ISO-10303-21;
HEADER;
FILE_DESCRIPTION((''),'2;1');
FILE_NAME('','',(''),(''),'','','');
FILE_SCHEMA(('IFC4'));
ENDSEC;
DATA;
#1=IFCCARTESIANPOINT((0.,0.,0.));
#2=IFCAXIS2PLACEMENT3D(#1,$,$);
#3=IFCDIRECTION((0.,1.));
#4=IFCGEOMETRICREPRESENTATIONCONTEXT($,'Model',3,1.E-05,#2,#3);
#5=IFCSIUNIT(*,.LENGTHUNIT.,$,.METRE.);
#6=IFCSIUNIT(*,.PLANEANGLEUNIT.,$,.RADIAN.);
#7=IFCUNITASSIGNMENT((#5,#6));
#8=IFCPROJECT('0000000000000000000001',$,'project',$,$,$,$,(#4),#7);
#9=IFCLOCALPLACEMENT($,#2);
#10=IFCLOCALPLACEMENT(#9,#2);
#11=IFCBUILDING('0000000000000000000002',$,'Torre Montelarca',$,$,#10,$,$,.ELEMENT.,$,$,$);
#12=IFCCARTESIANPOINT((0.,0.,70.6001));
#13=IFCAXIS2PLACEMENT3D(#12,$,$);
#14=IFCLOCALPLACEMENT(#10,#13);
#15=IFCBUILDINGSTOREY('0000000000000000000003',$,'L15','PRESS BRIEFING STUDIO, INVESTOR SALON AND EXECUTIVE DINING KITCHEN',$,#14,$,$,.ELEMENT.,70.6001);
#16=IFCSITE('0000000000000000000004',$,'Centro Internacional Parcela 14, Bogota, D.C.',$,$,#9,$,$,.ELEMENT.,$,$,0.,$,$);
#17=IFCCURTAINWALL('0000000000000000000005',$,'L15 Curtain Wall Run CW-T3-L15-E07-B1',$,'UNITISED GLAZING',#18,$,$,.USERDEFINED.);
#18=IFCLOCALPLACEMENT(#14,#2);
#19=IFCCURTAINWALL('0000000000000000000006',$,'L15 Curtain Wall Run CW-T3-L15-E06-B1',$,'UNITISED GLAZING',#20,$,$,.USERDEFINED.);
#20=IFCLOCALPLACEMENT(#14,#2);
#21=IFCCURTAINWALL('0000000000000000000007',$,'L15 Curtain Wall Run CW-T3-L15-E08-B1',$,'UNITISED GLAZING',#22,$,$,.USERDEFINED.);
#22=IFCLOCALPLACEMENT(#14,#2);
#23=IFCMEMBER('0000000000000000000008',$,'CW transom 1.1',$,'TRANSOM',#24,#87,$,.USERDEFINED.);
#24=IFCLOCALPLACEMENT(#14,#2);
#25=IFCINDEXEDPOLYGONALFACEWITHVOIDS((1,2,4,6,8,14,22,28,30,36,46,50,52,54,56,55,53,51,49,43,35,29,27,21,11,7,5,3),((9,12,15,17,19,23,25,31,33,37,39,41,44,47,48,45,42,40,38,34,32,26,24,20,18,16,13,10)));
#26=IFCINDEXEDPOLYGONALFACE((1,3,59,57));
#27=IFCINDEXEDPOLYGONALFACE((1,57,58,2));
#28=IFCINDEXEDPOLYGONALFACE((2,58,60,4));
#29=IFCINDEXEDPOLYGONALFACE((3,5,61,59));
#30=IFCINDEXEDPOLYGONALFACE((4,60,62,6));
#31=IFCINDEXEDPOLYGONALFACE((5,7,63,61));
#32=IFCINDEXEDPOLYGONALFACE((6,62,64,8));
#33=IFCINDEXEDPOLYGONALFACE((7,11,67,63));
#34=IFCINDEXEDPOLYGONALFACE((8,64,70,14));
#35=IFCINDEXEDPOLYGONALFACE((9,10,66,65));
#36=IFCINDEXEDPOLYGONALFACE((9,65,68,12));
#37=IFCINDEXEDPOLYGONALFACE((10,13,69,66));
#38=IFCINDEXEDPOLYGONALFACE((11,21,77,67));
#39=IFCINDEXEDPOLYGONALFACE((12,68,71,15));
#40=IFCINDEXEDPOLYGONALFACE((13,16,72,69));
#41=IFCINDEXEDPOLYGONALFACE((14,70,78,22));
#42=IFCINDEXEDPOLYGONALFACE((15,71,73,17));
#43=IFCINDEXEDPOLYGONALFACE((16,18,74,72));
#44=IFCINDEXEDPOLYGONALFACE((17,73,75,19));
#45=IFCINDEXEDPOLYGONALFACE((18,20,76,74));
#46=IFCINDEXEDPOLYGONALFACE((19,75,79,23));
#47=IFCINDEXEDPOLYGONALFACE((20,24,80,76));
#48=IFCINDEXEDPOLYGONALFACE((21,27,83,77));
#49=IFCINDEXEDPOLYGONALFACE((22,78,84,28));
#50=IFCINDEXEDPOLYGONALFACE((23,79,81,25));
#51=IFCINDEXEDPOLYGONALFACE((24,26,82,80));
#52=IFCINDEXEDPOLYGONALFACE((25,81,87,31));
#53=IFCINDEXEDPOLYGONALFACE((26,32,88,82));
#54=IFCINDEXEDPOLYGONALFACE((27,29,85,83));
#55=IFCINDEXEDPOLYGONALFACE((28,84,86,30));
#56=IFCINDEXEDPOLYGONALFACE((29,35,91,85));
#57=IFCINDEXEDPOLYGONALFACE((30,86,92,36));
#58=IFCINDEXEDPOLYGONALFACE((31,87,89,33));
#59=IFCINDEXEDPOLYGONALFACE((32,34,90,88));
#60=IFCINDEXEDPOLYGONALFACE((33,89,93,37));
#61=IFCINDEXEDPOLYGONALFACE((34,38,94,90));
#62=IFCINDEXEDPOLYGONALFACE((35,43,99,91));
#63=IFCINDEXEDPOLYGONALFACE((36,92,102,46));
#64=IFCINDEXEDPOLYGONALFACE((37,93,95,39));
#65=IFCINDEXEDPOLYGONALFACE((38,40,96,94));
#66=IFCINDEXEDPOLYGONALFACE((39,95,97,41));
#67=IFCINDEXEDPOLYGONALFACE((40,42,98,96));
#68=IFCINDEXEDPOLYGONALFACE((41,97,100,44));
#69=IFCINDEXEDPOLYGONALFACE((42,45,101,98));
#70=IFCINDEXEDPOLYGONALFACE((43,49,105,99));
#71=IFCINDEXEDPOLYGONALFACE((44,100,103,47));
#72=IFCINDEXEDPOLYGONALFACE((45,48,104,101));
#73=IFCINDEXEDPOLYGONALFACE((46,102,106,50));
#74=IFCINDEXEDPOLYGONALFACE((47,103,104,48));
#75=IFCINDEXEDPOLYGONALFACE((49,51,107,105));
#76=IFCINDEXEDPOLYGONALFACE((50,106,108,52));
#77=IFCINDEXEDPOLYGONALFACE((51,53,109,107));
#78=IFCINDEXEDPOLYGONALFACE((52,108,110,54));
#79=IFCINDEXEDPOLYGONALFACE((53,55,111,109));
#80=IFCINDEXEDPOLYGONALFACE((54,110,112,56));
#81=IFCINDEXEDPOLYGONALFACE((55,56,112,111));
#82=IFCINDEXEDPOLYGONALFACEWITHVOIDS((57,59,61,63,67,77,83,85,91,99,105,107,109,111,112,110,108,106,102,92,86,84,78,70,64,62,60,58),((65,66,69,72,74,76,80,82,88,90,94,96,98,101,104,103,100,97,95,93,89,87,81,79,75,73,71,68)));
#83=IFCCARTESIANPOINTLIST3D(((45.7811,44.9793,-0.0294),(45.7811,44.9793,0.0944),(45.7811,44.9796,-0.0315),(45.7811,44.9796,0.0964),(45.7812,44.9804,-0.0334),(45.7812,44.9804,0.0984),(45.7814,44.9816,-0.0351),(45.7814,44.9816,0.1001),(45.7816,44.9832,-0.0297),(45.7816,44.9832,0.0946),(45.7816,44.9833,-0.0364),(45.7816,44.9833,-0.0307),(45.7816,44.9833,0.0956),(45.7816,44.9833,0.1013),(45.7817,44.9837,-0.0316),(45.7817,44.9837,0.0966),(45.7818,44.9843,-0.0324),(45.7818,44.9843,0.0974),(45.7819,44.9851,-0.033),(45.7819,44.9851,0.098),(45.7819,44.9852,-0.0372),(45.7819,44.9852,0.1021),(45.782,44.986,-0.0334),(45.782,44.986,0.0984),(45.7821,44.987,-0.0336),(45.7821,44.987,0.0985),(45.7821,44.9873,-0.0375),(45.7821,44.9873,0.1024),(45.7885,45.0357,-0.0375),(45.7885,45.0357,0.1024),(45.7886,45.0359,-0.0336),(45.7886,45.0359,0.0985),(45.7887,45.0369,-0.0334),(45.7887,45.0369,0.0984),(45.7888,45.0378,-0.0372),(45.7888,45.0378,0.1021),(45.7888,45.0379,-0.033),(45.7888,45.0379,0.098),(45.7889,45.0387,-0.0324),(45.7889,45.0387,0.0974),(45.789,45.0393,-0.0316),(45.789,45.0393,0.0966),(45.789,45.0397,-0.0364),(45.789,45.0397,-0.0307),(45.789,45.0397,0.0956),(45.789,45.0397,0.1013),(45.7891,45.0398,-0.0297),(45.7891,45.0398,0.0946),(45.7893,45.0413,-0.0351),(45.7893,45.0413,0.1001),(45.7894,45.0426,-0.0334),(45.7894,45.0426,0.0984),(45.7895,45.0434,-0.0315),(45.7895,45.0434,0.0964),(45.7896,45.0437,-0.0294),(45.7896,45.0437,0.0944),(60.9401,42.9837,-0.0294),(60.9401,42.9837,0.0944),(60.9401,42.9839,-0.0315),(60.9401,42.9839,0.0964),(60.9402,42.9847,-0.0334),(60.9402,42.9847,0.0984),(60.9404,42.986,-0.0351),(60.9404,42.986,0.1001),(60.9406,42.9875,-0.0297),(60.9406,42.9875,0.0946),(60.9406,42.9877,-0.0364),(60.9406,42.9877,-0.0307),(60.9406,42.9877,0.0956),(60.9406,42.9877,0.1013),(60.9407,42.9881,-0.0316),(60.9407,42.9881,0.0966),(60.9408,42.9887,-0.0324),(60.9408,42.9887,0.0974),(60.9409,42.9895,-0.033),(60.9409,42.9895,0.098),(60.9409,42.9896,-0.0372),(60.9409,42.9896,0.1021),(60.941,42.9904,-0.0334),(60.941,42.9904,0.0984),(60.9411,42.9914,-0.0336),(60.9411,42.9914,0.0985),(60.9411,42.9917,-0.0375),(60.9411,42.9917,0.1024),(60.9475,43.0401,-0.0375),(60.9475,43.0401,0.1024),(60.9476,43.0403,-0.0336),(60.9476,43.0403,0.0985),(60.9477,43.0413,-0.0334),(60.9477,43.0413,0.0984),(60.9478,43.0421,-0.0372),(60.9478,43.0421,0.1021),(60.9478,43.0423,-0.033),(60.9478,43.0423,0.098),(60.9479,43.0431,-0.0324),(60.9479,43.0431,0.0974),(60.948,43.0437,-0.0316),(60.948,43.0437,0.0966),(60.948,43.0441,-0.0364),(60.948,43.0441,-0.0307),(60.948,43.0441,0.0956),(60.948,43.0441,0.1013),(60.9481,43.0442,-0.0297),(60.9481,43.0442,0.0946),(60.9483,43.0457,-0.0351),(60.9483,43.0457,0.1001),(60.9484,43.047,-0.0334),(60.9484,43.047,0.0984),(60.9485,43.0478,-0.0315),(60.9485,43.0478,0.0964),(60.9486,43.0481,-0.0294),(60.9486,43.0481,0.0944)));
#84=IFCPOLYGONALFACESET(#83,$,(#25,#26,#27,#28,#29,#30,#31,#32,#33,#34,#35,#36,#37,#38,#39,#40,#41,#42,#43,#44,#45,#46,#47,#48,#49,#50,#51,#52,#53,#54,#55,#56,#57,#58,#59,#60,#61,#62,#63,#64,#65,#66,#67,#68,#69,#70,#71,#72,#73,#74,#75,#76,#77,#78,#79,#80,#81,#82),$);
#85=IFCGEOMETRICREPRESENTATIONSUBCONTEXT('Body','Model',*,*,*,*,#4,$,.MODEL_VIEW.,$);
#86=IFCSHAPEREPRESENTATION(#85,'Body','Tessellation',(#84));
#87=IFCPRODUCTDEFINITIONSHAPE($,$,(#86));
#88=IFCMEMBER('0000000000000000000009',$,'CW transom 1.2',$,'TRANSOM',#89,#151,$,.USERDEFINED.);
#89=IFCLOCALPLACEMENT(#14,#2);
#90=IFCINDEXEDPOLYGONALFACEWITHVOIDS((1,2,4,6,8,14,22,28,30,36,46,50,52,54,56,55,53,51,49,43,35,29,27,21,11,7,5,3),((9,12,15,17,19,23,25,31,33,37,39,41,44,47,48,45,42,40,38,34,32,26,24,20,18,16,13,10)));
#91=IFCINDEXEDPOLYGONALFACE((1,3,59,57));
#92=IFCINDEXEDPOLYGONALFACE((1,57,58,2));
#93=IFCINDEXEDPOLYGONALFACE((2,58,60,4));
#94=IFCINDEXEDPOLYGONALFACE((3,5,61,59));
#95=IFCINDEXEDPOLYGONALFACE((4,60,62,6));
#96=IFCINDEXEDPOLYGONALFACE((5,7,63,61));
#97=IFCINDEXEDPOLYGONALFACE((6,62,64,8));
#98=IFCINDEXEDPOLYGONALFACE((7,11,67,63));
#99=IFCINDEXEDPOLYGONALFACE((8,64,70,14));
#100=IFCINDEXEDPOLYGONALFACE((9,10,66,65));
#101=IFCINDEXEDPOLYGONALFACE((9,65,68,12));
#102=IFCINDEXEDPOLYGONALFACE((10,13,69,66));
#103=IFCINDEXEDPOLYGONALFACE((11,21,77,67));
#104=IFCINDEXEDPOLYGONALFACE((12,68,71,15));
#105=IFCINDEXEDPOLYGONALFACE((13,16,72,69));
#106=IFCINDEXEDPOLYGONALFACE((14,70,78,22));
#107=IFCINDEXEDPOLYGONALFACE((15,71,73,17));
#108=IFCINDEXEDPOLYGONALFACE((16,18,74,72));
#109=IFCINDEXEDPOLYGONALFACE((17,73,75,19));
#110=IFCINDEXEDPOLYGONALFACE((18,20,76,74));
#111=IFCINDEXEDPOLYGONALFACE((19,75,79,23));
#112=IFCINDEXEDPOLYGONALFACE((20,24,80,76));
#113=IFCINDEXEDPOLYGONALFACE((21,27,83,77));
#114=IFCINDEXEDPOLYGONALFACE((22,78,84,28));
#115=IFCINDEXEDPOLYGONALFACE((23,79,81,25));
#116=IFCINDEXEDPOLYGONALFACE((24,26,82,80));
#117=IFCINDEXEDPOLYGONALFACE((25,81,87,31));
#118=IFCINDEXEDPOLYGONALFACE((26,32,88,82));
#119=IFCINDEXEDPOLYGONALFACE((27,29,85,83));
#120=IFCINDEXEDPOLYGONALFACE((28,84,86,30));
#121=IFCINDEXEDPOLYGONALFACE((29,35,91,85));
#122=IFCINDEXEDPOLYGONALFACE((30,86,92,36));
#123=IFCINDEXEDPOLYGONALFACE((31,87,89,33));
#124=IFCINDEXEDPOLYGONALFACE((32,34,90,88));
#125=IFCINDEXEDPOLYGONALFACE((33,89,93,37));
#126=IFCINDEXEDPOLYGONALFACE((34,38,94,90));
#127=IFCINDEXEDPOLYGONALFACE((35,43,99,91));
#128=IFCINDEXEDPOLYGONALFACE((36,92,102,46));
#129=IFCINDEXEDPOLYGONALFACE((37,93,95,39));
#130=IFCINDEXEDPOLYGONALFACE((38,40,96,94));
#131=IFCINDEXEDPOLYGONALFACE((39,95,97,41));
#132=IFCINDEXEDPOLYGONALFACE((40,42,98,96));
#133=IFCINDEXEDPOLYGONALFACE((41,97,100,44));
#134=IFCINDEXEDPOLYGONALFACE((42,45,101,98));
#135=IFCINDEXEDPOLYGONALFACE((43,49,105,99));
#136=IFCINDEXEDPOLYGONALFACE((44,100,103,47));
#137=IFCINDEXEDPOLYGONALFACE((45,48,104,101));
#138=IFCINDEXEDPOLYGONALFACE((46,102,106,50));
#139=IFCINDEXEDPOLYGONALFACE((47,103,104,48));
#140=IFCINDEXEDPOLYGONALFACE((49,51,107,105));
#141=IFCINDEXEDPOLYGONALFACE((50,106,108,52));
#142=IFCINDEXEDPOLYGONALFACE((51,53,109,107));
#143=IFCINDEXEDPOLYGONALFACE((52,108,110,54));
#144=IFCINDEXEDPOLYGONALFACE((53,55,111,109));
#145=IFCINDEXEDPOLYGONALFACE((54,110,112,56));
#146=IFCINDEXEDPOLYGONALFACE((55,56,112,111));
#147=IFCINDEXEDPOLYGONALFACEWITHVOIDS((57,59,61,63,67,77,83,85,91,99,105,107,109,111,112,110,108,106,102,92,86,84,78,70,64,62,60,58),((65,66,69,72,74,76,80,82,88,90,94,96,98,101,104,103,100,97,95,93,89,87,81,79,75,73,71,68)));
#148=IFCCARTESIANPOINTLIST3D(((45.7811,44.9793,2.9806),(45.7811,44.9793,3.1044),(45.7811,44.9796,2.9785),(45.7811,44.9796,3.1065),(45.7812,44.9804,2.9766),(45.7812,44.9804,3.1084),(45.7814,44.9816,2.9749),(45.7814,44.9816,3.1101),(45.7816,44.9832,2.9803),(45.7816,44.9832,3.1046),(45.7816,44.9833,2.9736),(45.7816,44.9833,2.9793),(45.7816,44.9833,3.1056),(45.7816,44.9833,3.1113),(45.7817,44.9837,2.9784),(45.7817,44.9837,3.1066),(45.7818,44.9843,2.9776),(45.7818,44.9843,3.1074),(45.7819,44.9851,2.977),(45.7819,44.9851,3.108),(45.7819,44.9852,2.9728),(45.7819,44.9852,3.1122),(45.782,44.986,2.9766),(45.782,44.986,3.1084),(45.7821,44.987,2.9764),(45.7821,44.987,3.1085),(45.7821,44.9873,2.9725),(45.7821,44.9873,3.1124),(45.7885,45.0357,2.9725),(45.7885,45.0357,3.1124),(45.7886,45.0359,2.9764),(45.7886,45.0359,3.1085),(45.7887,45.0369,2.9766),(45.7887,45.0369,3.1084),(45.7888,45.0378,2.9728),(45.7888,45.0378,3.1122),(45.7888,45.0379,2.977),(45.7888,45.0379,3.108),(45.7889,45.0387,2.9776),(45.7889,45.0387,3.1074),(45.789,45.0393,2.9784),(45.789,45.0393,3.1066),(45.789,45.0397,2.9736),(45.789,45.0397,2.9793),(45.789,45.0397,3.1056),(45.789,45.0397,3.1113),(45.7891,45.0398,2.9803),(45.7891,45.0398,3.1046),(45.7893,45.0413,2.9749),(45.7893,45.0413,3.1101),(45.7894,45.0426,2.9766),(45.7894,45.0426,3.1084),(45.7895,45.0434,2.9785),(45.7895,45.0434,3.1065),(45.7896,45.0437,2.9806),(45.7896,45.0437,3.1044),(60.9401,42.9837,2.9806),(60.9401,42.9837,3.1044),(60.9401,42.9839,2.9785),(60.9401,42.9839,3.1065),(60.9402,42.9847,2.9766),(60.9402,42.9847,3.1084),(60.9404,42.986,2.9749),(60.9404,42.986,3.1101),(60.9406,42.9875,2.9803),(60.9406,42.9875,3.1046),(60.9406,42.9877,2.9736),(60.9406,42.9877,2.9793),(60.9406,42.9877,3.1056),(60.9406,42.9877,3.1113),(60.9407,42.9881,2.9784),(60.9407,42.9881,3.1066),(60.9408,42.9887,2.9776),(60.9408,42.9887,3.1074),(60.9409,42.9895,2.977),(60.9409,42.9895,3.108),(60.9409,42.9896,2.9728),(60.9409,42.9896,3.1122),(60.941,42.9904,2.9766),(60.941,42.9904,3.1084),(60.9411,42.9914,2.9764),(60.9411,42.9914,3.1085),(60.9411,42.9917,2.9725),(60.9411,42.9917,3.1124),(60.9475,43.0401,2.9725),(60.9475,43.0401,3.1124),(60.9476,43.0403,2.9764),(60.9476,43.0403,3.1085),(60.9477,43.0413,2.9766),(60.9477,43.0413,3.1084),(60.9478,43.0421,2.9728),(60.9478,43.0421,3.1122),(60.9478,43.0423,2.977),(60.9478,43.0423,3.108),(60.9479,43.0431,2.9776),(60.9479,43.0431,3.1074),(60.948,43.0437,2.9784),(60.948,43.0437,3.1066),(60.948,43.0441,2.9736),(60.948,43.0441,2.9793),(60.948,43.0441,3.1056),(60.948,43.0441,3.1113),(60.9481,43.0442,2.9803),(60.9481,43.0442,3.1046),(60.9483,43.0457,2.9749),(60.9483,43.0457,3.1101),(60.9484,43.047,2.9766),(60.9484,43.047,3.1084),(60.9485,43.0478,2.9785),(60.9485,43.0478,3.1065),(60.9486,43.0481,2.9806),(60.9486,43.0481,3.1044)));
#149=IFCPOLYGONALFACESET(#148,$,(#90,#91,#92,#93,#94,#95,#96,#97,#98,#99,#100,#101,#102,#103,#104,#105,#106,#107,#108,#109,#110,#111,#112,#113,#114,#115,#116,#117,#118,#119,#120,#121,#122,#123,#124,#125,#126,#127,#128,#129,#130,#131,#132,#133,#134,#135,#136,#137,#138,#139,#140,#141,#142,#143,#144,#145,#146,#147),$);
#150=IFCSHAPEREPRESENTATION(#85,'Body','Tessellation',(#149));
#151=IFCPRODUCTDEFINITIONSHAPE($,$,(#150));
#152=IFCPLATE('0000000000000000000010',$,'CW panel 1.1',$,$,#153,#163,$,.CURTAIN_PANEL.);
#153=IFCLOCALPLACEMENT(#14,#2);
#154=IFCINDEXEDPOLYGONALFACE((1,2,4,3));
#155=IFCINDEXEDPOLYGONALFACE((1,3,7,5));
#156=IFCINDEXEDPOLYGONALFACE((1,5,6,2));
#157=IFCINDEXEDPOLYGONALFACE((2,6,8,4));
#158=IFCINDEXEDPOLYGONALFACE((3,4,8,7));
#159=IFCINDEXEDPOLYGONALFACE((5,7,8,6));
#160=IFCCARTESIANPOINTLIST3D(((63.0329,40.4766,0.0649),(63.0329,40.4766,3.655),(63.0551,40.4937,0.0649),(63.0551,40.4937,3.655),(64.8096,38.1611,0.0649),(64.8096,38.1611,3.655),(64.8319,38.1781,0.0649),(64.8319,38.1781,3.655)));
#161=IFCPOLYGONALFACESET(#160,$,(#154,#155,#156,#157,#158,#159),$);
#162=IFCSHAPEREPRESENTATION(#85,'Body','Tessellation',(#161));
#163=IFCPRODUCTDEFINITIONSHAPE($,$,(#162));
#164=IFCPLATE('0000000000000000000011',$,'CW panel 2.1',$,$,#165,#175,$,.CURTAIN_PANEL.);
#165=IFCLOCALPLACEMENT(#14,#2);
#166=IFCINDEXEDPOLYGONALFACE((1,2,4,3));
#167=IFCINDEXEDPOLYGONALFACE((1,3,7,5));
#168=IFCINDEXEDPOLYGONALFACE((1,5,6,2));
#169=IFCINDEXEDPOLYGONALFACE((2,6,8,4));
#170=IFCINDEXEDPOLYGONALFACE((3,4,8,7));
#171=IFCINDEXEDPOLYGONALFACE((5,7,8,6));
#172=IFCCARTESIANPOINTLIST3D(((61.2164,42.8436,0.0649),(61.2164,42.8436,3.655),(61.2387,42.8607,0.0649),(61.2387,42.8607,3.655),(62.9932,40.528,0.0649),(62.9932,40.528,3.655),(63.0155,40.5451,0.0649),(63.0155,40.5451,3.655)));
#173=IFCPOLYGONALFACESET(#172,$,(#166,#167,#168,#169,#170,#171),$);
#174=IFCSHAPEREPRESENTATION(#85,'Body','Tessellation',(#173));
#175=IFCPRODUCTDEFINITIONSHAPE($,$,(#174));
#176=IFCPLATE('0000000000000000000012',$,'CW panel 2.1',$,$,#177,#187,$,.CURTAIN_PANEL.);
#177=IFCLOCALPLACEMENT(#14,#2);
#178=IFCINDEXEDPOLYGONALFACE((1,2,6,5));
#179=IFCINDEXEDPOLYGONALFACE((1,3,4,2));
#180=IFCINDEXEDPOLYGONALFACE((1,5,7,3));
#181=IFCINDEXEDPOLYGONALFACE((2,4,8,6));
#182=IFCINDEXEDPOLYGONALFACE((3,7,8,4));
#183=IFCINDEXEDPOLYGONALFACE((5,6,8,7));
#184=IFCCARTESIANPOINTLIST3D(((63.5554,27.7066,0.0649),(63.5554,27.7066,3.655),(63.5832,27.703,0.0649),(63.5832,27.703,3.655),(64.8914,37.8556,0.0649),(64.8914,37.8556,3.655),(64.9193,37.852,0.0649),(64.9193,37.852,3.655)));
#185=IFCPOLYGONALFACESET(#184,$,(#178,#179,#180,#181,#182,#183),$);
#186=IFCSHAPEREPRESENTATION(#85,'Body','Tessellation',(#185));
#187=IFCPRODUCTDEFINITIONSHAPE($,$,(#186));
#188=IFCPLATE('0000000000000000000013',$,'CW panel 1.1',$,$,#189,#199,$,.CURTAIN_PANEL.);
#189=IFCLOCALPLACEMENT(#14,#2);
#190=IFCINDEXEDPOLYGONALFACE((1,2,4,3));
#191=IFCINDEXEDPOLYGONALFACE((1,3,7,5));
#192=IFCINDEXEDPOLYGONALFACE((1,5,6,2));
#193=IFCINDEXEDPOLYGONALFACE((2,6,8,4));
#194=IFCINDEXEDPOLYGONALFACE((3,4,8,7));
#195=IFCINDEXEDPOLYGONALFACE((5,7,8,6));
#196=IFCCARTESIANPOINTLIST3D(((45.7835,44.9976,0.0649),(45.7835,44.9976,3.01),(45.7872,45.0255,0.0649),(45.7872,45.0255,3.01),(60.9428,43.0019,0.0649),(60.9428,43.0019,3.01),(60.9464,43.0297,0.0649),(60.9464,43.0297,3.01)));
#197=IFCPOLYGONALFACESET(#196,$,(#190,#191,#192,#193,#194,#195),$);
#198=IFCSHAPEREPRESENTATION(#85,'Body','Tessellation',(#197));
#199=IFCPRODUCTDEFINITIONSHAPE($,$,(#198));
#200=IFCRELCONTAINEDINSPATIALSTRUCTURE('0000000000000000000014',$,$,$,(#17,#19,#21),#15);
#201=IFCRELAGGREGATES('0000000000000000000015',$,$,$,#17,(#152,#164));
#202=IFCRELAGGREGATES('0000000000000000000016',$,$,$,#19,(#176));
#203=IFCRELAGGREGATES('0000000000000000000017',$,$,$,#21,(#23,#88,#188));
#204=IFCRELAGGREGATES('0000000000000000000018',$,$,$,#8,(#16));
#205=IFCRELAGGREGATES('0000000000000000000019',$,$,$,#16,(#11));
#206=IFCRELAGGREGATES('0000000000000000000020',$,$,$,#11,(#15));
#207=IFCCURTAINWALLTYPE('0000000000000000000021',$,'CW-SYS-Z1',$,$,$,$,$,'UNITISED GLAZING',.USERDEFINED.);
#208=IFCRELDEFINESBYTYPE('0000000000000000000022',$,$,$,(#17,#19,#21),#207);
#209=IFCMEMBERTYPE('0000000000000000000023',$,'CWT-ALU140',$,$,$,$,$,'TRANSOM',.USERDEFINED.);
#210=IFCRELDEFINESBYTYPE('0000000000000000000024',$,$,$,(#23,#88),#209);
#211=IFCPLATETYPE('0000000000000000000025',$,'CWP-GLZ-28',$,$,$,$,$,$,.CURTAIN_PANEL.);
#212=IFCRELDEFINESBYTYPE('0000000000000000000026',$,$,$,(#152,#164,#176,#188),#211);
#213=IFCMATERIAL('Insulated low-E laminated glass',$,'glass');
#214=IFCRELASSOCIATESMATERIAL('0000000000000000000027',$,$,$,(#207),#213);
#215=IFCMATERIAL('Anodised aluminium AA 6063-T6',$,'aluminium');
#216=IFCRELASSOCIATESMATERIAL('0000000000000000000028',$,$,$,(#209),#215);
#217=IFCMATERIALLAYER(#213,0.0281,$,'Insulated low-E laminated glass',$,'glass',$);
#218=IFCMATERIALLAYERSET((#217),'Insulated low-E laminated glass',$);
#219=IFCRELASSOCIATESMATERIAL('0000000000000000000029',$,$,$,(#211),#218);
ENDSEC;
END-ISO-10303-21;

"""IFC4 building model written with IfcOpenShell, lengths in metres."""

from ifc_helpers import new_model, si_unit, direction, frame, origin, origin_2d, place, context, subcontext, project, spatial, rectangle, hollow_rectangle, extrude, source, transform, mapped, material, layer, layer_set, material_profile, profile_set, type_object, element, aggregate, save


model = new_model("IFC4")

# Units and contexts
model_context = context("Model", 3, precision=1e-05, world=origin(), true_north=direction((0.0, 1.0)))
body_context = subcontext(model_context, "Body", "Model", "MODEL_VIEW")
ifc_project = project(units=[si_unit("LENGTHUNIT", "METRE"), si_unit("PLANEANGLEUNIT", "RADIAN")], contexts=[model_context])

# Site, building, storey
site_placement = place(None, origin())
site = spatial("IfcSite", under=ifc_project, at=site_placement, Name="Centro Internacional Parcela 14, Bogota, D.C.", CompositionType="ELEMENT", RefElevation=0.0)
building_placement = place(site_placement, origin())
building = spatial("IfcBuilding", under=site, at=building_placement, Name="Torre Montelarca", CompositionType="ELEMENT")
storey_placement = place(building_placement, frame((0.0, 0.0, 70.6001)))
storey = spatial("IfcBuildingStorey", under=building, at=storey_placement, Name="L15", Description="PRESS BRIEFING STUDIO, INVESTOR SALON AND EXECUTIVE DINING KITCHEN", CompositionType="ELEMENT", Elevation=70.6001)

# Curtain walls
ifc_material_1 = material(Name="Insulated low-E laminated glass", Category="glass")
curtain_wall_type = type_object("IfcCurtainWallType", Name="CW-SYS-Z1", ElementType="UNITISED GLAZING", PredefinedType="USERDEFINED", material=ifc_material_1)
curtain_wall_1_placement = place(storey_placement, origin())
curtain_wall_1 = element("IfcCurtainWall", 1, at=curtain_wall_1_placement, inside=storey, type_object=curtain_wall_type, Name="L15 Curtain Wall Run CW-T3-L15-E07-B1", ObjectType="UNITISED GLAZING", PredefinedType="USERDEFINED")
ifc_material_2 = material(Name="Anodised aluminium AA 6063-T6", Category="aluminium")
ifc_material_profile_1 = material_profile(ifc_material_2, hollow_rectangle(XDim=0.0649, YDim=0.1399, WallThickness=0.0039, InnerFilletRadius=0.0039, OuterFilletRadius=0.0081, at=origin_2d()), Name="ALU65X140X4", Category="aluminium")
ifc_profile_set_1 = profile_set([ifc_material_profile_1], Name="Anodised aluminium AA 6063-T6")
member_type_1 = type_object("IfcMemberType", Name="CWT-ALU140", ElementType="TRANSOM", PredefinedType="USERDEFINED", material=ifc_profile_set_1)
curtain_wall_2_placement = place(storey_placement, origin())
curtain_wall_2 = element("IfcCurtainWall", 2, at=curtain_wall_2_placement, inside=storey, type_object=curtain_wall_type, Name="L15 Curtain Wall Run CW-T3-L15-E06-B1", ObjectType="UNITISED GLAZING", PredefinedType="USERDEFINED")
curtain_wall_3_placement = place(storey_placement, origin())
curtain_wall_3 = element("IfcCurtainWall", 3, at=curtain_wall_3_placement, inside=storey, type_object=curtain_wall_type, Name="L15 Curtain Wall Run CW-T3-L15-E08-B1", ObjectType="UNITISED GLAZING", PredefinedType="USERDEFINED")

# Members
shared_shape_1 = source(origin(), body_context, "Body", "SweptSolid", [
    extrude(hollow_rectangle(XDim=0.0649, YDim=0.1399, WallThickness=0.0039, InnerFilletRadius=0.0039, OuterFilletRadius=0.0081, at=origin_2d()), origin(), (0.0, 0.0, 1.0), 15.2898),
])
member_1_placement = place(storey_placement, frame((60.9443, 43.0159, 0.0325), z_axis=(-0.991446, 0.130519, 0.0), x_axis=(-0.130519, -0.991446, 0.0)))
member_1 = element("IfcMember", 4, at=member_1_placement, type_object=member_type_1, Name="CW transom 1.1", ObjectType="TRANSOM", PredefinedType="USERDEFINED", context=body_context, shape_type="MappedRepresentation", body=[
    mapped(shared_shape_1, transform((0.0, 0.0, 0.0), scale=1.0)),
])
member_2_placement = place(storey_placement, frame((60.9443, 43.0159, 3.0425), z_axis=(-0.991446, 0.130519, 0.0), x_axis=(-0.130519, -0.991446, 0.0)))
member_2 = element("IfcMember", 5, at=member_2_placement, type_object=member_type_1, Name="CW transom 1.2", ObjectType="TRANSOM", PredefinedType="USERDEFINED", context=body_context, shape_type="MappedRepresentation", body=[
    mapped(shared_shape_1, transform((0.0, 0.0, 0.0), scale=1.0)),
])

# Plates
ifc_layer_1 = layer(ifc_material_1, 0.0281, Name="Insulated low-E laminated glass", Category="glass")
ifc_layer_set_1 = layer_set([ifc_layer_1], Name="Insulated low-E laminated glass")
plate_type = type_object("IfcPlateType", Name="CWP-GLZ-28", PredefinedType="CURTAIN_PANEL", material=ifc_layer_set_1)
shared_shape_2 = source(origin(), body_context, "Body", "SweptSolid", [
    extrude(rectangle(XDim=2.9187, YDim=0.0281, at=origin_2d()), origin(), (0.0, 0.0, 1.0), 3.5901),
])
plate_1_placement = place(storey_placement, frame((63.9324, 39.3274, 0.0649), z_axis=(0.0, 0.0, 1.0), x_axis=(-0.608754, 0.793359, 0.0)))
plate_1 = element("IfcPlate", 6, at=plate_1_placement, type_object=plate_type, Name="CW panel 1.1", PredefinedType="CURTAIN_PANEL", context=body_context, shape_type="MappedRepresentation", body=[
    mapped(shared_shape_2, transform((0.0, 0.0, 0.0), scale=1.0)),
])
plate_2_placement = place(storey_placement, frame((62.116, 41.6943, 0.0649), z_axis=(0.0, 0.0, 1.0), x_axis=(-0.608754, 0.793359, 0.0)))
plate_2 = element("IfcPlate", 7, at=plate_2_placement, type_object=plate_type, Name="CW panel 2.1", PredefinedType="CURTAIN_PANEL", context=body_context, shape_type="MappedRepresentation", body=[
    mapped(shared_shape_2, transform((0.0, 0.0, 0.0), scale=1.0)),
])
aggregate(curtain_wall_1, [plate_1, plate_2])
shared_shape_3 = source(origin(), body_context, "Body", "SweptSolid", [
    extrude(rectangle(XDim=10.2366, YDim=0.0281, at=origin_2d()), origin(), (0.0, 0.0, 1.0), 3.5901),
])
plate_3_placement = place(storey_placement, frame((64.2373, 32.7793, 0.0649), z_axis=(0.0, 0.0, 1.0), x_axis=(0.130519, 0.991446, 0.0)))
plate_3 = element("IfcPlate", 8, at=plate_3_placement, type_object=plate_type, Name="CW panel 2.1", PredefinedType="CURTAIN_PANEL", context=body_context, shape_type="MappedRepresentation", body=[
    mapped(shared_shape_3, transform((0.0, 0.0, 0.0), scale=1.0)),
])
aggregate(curtain_wall_2, [plate_3])
shared_shape_4 = source(origin(), body_context, "Body", "SweptSolid", [
    extrude(rectangle(XDim=15.29, YDim=0.0281, at=origin_2d()), origin(), (0.0, 0.0, 1.0), 2.9451),
])
plate_4_placement = place(storey_placement, frame((53.365, 44.0137, 0.0649), z_axis=(0.0, 0.0, 1.0), x_axis=(-0.991445, 0.130525, 0.0)))
plate_4 = element("IfcPlate", 9, at=plate_4_placement, type_object=plate_type, Name="CW panel 1.1", PredefinedType="CURTAIN_PANEL", context=body_context, shape_type="MappedRepresentation", body=[
    mapped(shared_shape_4, transform((0.0, 0.0, 0.0), scale=1.0)),
])
aggregate(curtain_wall_3, [member_1, member_2, plate_4])

save(model, "model.ifc")
